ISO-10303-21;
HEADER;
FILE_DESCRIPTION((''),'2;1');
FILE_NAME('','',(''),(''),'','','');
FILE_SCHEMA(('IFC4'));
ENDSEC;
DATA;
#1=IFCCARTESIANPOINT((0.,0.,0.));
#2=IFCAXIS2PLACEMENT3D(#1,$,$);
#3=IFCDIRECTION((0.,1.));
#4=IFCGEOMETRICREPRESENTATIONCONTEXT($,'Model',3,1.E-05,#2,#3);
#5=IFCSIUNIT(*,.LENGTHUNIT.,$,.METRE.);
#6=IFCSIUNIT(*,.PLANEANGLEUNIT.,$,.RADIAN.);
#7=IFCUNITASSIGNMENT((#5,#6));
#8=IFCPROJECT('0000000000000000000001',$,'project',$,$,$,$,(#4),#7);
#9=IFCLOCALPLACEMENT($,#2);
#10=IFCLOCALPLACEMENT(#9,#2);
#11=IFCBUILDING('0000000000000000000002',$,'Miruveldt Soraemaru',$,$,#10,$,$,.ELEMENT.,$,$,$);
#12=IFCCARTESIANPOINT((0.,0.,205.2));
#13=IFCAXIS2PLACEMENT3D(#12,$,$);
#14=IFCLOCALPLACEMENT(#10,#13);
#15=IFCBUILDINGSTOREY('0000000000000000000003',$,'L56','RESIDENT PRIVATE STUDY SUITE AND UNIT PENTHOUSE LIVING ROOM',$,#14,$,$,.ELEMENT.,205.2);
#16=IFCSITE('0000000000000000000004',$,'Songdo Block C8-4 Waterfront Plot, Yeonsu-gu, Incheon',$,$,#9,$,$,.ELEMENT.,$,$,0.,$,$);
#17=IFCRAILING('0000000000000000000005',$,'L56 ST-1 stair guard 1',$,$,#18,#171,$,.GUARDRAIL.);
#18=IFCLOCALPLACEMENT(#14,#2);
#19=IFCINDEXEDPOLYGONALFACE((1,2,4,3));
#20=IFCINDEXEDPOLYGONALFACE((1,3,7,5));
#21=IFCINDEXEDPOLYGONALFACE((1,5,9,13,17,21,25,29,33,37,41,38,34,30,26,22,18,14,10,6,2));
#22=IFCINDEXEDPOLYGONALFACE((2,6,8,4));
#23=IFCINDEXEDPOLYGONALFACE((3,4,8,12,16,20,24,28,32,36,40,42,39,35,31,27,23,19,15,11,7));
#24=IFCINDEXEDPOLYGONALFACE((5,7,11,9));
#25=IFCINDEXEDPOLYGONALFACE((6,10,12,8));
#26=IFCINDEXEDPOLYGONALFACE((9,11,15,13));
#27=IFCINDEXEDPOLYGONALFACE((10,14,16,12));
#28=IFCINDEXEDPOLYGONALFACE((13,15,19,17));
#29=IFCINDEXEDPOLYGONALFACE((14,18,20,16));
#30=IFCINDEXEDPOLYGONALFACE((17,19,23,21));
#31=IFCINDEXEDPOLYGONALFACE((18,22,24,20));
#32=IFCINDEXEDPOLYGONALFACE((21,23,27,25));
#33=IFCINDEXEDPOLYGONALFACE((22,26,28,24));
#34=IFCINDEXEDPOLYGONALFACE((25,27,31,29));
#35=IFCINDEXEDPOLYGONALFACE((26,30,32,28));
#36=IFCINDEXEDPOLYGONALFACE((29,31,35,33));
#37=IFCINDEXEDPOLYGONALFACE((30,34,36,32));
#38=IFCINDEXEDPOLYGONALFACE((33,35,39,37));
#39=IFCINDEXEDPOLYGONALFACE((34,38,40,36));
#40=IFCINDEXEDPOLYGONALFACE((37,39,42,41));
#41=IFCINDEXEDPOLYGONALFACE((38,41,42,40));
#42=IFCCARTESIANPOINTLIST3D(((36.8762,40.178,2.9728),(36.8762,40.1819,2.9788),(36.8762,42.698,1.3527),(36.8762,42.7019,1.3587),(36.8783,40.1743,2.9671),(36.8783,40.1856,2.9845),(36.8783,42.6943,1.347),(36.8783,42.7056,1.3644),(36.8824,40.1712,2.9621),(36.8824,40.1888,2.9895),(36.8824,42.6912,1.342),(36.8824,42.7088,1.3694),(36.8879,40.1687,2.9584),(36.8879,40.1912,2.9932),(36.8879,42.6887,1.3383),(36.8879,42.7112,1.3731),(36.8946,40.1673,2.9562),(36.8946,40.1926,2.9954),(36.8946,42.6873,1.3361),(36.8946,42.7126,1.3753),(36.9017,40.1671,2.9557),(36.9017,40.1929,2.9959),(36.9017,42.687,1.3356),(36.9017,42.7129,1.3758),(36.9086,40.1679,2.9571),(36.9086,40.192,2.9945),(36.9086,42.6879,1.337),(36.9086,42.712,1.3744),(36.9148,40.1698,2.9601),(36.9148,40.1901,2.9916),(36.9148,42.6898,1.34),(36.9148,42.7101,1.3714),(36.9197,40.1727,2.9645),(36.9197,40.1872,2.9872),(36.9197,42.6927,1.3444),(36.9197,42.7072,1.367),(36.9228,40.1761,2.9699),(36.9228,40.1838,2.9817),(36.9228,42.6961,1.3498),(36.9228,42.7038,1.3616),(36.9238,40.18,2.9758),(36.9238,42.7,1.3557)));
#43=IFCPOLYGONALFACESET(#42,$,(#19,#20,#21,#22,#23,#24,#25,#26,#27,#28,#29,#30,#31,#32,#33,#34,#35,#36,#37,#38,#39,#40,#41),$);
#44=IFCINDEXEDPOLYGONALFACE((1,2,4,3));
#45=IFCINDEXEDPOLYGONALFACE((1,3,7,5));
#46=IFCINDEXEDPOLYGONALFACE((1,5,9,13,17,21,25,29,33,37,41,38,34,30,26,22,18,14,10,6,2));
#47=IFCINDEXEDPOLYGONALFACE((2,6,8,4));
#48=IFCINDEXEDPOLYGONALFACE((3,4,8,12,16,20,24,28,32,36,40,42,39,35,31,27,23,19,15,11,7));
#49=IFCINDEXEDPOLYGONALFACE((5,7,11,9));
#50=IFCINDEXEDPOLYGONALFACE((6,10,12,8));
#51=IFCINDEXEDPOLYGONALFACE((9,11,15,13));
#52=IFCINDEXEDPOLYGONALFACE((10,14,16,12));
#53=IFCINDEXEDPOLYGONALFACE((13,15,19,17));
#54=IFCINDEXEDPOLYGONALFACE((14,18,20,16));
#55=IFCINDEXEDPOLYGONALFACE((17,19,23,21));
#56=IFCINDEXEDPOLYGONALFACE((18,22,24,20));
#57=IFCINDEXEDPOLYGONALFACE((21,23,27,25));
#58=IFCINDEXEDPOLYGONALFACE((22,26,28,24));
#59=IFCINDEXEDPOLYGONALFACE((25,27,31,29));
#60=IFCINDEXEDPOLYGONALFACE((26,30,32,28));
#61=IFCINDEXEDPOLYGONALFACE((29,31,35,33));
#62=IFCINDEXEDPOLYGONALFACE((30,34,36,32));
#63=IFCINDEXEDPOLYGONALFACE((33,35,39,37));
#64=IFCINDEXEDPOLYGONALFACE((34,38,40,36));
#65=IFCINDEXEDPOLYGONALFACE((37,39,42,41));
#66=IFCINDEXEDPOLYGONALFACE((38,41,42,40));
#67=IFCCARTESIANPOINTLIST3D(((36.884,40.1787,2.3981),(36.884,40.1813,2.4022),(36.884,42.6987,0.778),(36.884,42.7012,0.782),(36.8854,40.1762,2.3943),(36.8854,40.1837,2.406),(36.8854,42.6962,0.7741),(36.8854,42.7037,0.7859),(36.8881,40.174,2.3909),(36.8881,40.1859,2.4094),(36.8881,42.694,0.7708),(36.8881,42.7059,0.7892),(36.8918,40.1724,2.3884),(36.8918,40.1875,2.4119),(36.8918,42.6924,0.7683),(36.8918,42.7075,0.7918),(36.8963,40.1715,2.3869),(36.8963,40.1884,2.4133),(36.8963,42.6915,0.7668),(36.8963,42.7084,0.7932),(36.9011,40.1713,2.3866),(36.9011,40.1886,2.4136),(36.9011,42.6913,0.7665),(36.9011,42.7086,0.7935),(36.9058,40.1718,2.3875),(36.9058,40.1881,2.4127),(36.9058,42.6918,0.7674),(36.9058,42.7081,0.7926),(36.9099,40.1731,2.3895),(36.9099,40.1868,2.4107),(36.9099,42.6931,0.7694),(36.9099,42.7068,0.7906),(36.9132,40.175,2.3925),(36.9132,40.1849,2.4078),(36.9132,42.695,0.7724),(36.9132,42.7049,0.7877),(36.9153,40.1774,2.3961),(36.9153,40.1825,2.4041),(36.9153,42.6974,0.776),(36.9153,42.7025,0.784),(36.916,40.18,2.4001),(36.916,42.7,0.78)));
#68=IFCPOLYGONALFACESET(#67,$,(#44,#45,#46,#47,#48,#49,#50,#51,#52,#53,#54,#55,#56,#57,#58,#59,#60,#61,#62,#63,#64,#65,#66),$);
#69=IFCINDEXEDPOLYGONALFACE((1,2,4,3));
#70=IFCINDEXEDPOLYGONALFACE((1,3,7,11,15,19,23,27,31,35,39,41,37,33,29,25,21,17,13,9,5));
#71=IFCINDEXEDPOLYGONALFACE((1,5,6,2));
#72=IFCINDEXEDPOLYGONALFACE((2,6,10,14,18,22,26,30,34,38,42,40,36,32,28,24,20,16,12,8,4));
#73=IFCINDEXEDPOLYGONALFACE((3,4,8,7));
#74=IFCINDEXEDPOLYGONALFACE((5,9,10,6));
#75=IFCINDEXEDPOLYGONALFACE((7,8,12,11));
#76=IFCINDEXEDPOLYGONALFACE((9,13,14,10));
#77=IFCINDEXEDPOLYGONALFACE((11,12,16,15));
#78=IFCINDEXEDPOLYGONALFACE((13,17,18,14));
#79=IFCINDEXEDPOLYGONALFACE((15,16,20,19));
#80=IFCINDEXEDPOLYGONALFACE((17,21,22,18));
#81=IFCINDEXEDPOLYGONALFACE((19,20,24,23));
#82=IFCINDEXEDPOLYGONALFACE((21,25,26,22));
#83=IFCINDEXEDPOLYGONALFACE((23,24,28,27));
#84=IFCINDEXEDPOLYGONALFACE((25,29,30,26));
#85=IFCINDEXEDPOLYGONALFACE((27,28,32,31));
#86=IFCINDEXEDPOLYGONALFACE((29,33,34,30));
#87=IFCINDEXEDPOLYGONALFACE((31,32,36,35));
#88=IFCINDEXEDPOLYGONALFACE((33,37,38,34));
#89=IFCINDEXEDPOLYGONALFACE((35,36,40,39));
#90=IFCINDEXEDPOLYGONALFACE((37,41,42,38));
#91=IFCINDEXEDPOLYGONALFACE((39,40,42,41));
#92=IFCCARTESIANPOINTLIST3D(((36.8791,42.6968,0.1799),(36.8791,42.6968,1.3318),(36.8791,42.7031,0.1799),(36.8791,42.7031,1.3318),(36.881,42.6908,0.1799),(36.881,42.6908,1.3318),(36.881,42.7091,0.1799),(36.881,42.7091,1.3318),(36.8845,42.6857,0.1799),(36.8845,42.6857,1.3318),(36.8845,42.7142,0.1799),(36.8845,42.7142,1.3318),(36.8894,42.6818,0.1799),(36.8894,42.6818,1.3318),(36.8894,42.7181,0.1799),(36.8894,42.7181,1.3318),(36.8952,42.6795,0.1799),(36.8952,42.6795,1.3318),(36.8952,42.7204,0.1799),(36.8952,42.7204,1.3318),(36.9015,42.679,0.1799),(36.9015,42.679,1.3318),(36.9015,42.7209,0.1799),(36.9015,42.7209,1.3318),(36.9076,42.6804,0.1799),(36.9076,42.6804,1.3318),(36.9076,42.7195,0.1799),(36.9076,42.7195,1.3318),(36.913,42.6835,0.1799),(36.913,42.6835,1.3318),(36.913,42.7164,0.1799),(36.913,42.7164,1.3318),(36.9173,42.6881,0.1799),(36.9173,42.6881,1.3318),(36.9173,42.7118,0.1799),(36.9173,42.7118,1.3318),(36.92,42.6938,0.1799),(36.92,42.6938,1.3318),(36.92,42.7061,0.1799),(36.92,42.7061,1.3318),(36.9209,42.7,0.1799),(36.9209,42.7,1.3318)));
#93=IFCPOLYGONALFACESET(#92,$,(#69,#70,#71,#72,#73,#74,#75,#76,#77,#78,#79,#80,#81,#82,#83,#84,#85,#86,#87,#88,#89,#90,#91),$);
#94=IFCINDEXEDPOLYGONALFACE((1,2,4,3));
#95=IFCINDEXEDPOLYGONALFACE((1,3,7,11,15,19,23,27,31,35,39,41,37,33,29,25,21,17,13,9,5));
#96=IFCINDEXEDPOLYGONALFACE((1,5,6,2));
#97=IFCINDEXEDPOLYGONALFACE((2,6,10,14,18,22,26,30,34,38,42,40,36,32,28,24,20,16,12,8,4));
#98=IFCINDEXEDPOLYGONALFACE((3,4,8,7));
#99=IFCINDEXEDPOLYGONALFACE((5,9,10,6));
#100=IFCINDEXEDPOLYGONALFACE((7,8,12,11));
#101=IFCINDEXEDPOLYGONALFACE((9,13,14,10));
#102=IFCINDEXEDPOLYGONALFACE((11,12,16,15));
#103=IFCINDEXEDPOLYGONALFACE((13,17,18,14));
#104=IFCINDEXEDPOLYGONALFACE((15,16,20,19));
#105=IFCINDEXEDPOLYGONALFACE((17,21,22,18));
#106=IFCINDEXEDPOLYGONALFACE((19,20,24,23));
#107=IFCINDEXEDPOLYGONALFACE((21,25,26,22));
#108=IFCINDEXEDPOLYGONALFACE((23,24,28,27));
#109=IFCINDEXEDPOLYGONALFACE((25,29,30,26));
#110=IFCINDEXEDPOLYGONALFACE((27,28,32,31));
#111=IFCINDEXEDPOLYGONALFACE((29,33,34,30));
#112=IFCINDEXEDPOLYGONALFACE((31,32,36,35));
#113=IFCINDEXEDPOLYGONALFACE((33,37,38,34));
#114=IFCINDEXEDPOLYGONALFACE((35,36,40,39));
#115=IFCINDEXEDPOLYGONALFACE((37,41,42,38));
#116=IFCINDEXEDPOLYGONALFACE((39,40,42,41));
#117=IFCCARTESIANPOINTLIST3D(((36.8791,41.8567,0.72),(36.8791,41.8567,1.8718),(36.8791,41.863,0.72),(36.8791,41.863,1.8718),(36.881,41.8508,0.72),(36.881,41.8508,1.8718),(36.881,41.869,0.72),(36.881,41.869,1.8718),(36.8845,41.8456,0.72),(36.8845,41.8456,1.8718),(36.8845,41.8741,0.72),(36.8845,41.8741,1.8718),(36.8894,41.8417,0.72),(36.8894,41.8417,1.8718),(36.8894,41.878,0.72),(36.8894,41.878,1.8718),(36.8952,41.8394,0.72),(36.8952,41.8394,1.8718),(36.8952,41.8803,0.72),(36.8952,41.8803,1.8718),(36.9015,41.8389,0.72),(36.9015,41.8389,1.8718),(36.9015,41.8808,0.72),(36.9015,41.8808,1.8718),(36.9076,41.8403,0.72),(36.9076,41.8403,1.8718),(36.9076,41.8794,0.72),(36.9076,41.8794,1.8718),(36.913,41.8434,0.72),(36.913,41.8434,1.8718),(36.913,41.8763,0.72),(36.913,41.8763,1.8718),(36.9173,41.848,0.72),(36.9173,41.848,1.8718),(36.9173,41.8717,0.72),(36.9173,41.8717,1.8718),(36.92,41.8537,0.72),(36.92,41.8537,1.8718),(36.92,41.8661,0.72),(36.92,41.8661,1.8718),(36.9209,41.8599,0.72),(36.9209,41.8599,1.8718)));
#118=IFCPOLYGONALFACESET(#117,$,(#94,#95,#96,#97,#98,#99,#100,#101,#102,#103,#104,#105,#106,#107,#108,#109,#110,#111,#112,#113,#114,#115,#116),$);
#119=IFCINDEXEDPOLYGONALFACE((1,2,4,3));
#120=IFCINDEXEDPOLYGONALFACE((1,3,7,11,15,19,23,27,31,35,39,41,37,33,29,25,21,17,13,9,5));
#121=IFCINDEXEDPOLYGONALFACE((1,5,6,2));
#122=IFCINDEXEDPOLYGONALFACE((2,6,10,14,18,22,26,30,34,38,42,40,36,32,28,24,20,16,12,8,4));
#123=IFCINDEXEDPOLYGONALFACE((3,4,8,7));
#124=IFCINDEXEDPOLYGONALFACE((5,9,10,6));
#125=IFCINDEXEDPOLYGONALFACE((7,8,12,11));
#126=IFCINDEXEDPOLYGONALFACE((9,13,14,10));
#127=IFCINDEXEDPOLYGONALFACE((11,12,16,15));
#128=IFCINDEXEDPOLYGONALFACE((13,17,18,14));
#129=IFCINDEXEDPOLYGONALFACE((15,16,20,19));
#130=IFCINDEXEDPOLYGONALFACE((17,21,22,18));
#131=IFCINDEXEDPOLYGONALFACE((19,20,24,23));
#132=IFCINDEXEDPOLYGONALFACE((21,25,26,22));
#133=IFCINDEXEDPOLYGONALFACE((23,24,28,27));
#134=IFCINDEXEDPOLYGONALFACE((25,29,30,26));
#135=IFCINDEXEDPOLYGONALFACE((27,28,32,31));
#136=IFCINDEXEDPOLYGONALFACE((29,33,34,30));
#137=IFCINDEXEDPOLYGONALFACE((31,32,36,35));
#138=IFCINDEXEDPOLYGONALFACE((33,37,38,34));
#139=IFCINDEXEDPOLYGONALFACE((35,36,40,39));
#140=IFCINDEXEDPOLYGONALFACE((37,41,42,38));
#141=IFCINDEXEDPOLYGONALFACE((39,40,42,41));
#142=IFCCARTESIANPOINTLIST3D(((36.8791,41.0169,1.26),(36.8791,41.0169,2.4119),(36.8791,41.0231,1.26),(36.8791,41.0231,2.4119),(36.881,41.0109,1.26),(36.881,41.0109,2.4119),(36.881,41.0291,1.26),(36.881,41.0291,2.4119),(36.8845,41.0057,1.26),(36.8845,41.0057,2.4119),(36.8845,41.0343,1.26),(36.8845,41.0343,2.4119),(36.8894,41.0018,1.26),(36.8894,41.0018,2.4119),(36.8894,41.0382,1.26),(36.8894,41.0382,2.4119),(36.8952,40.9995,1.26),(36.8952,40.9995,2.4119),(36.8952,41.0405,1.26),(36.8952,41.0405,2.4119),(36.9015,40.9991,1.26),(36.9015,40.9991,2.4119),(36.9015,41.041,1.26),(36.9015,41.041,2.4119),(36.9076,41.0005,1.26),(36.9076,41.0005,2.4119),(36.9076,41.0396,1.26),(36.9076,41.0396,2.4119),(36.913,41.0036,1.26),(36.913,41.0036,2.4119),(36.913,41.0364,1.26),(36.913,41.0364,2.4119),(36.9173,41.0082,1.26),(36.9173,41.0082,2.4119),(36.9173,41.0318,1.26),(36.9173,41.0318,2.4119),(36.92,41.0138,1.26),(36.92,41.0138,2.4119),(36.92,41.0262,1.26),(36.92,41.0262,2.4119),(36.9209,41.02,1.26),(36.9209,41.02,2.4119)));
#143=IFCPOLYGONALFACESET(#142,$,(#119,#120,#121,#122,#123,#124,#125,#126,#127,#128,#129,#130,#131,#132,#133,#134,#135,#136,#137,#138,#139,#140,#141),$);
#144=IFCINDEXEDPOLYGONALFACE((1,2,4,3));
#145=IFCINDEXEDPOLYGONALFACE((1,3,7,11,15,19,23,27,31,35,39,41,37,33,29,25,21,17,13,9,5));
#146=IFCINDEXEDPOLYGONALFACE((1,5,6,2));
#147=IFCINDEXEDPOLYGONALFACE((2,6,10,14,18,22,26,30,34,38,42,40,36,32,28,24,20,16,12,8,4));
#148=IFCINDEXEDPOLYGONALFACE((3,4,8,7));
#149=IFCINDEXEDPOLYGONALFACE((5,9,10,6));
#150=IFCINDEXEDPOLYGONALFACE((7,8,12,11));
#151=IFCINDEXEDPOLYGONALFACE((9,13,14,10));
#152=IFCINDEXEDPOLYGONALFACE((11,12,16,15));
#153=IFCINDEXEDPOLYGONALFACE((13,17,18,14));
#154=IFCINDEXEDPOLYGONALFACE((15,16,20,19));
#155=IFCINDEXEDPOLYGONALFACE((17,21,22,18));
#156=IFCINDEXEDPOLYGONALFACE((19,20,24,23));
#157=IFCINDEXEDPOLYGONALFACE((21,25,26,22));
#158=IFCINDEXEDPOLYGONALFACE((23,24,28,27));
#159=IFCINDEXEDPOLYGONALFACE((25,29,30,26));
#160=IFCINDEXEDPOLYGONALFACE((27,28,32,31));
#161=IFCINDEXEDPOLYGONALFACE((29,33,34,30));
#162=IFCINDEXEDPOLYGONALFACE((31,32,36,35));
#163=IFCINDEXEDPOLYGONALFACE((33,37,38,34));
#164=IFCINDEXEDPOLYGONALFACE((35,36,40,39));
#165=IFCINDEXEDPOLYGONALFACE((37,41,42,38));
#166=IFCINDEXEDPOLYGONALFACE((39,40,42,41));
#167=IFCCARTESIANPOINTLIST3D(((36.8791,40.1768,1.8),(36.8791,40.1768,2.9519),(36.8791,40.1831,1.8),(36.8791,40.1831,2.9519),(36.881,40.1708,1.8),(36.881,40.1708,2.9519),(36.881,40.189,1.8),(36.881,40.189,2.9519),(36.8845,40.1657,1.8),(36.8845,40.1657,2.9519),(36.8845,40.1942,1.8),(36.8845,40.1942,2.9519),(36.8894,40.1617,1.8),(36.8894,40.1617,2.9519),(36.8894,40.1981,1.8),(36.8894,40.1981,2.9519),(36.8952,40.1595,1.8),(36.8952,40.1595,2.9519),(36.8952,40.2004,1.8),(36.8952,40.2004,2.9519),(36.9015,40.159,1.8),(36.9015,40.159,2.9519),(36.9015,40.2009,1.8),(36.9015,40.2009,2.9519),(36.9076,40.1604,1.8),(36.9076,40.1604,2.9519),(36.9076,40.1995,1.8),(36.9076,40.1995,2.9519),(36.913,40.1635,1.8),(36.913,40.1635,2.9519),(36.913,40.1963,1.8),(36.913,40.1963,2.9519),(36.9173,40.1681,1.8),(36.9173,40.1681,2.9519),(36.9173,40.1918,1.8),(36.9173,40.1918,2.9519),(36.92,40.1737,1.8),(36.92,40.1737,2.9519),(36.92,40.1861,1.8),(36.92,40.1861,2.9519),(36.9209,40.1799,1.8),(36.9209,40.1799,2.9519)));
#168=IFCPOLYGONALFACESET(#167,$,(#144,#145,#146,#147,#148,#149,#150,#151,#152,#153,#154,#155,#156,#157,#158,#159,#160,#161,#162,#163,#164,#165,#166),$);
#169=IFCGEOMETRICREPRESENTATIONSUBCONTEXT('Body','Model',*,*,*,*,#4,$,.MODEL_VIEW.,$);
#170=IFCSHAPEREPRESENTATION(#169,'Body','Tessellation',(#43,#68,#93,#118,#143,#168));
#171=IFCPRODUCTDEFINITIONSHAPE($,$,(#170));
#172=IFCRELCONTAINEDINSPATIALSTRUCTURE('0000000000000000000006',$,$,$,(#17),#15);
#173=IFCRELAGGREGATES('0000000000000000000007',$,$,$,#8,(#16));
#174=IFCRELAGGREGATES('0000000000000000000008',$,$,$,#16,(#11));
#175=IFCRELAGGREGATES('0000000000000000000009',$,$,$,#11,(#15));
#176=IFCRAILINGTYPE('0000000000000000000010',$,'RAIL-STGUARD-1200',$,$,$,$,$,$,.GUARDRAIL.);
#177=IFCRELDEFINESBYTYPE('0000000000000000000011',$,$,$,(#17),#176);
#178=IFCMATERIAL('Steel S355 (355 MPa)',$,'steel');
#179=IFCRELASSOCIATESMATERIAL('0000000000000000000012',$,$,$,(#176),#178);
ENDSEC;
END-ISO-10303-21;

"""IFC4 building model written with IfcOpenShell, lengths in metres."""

from ifc_helpers import new_model, si_unit, direction, frame, origin, origin_2d, place, context, subcontext, project, spatial, circle, extrude, material, type_object, element, save


model = new_model("IFC4")

# Units and contexts
model_context = context("Model", 3, precision=1e-05, world=origin(), true_north=direction((0.0, 1.0)))
body_context = subcontext(model_context, "Body", "Model", "MODEL_VIEW")
ifc_project = project(units=[si_unit("LENGTHUNIT", "METRE"), si_unit("PLANEANGLEUNIT", "RADIAN")], contexts=[model_context])

# Site, building, storey
site_placement = place(None, origin())
site = spatial("IfcSite", under=ifc_project, at=site_placement, Name="Songdo Block C8-4 Waterfront Plot, Yeonsu-gu, Incheon", CompositionType="ELEMENT", RefElevation=0.0)
building_placement = place(site_placement, origin())
building = spatial("IfcBuilding", under=site, at=building_placement, Name="Miruveldt Soraemaru", CompositionType="ELEMENT")
storey_placement = place(building_placement, frame((0.0, 0.0, 205.2)))
storey = spatial("IfcBuildingStorey", under=building, at=storey_placement, Name="L56", Description="RESIDENT PRIVATE STUDY SUITE AND UNIT PENTHOUSE LIVING ROOM", CompositionType="ELEMENT", Elevation=205.2)

# Railing
ifc_material_1 = material(Name="Steel S355 (355 MPa)", Category="steel")
railing_type_1 = type_object("IfcRailingType", Name="RAIL-STGUARD-1200", PredefinedType="GUARDRAIL", material=ifc_material_1)
railing_1_placement = place(storey_placement, frame((36.8999, 42.7, 0.1799)))
element("IfcRailing", 1, at=railing_1_placement, inside=storey, type_object=railing_type_1, Name="L56 ST-1 stair guard 1", PredefinedType="GUARDRAIL", context=body_context, shape_type="SweptSolid", body=[
    extrude(circle(Radius=0.0239, at=origin_2d()), frame((0.0, 0.0, 1.1758), z_axis=(0.0, -0.841163, 0.540782), x_axis=(1.0, 0.0, 0.0)), (0.0, 0.0, 1.0), 2.9958),
    extrude(circle(Radius=0.0161, at=origin_2d()), frame((0.0, 0.0, 0.6001), z_axis=(0.0, -0.841163, 0.540782), x_axis=(1.0, 0.0, 0.0)), (0.0, 0.0, 1.0), 2.9958),
    extrude(circle(Radius=0.021, at=origin_2d()), origin(), (0.0, 0.0, 1.0), 1.1519),
    extrude(circle(Radius=0.021, at=origin_2d()), frame((0.0, -0.8401, 0.54)), (0.0, 0.0, 1.0), 1.1519),
    extrude(circle(Radius=0.021, at=origin_2d()), frame((0.0, -1.6799, 1.0801)), (0.0, 0.0, 1.0), 1.1519),
    extrude(circle(Radius=0.021, at=origin_2d()), frame((0.0, -2.52, 1.6201)), (0.0, 0.0, 1.0), 1.1519),
])

save(model, "model.ifc")
